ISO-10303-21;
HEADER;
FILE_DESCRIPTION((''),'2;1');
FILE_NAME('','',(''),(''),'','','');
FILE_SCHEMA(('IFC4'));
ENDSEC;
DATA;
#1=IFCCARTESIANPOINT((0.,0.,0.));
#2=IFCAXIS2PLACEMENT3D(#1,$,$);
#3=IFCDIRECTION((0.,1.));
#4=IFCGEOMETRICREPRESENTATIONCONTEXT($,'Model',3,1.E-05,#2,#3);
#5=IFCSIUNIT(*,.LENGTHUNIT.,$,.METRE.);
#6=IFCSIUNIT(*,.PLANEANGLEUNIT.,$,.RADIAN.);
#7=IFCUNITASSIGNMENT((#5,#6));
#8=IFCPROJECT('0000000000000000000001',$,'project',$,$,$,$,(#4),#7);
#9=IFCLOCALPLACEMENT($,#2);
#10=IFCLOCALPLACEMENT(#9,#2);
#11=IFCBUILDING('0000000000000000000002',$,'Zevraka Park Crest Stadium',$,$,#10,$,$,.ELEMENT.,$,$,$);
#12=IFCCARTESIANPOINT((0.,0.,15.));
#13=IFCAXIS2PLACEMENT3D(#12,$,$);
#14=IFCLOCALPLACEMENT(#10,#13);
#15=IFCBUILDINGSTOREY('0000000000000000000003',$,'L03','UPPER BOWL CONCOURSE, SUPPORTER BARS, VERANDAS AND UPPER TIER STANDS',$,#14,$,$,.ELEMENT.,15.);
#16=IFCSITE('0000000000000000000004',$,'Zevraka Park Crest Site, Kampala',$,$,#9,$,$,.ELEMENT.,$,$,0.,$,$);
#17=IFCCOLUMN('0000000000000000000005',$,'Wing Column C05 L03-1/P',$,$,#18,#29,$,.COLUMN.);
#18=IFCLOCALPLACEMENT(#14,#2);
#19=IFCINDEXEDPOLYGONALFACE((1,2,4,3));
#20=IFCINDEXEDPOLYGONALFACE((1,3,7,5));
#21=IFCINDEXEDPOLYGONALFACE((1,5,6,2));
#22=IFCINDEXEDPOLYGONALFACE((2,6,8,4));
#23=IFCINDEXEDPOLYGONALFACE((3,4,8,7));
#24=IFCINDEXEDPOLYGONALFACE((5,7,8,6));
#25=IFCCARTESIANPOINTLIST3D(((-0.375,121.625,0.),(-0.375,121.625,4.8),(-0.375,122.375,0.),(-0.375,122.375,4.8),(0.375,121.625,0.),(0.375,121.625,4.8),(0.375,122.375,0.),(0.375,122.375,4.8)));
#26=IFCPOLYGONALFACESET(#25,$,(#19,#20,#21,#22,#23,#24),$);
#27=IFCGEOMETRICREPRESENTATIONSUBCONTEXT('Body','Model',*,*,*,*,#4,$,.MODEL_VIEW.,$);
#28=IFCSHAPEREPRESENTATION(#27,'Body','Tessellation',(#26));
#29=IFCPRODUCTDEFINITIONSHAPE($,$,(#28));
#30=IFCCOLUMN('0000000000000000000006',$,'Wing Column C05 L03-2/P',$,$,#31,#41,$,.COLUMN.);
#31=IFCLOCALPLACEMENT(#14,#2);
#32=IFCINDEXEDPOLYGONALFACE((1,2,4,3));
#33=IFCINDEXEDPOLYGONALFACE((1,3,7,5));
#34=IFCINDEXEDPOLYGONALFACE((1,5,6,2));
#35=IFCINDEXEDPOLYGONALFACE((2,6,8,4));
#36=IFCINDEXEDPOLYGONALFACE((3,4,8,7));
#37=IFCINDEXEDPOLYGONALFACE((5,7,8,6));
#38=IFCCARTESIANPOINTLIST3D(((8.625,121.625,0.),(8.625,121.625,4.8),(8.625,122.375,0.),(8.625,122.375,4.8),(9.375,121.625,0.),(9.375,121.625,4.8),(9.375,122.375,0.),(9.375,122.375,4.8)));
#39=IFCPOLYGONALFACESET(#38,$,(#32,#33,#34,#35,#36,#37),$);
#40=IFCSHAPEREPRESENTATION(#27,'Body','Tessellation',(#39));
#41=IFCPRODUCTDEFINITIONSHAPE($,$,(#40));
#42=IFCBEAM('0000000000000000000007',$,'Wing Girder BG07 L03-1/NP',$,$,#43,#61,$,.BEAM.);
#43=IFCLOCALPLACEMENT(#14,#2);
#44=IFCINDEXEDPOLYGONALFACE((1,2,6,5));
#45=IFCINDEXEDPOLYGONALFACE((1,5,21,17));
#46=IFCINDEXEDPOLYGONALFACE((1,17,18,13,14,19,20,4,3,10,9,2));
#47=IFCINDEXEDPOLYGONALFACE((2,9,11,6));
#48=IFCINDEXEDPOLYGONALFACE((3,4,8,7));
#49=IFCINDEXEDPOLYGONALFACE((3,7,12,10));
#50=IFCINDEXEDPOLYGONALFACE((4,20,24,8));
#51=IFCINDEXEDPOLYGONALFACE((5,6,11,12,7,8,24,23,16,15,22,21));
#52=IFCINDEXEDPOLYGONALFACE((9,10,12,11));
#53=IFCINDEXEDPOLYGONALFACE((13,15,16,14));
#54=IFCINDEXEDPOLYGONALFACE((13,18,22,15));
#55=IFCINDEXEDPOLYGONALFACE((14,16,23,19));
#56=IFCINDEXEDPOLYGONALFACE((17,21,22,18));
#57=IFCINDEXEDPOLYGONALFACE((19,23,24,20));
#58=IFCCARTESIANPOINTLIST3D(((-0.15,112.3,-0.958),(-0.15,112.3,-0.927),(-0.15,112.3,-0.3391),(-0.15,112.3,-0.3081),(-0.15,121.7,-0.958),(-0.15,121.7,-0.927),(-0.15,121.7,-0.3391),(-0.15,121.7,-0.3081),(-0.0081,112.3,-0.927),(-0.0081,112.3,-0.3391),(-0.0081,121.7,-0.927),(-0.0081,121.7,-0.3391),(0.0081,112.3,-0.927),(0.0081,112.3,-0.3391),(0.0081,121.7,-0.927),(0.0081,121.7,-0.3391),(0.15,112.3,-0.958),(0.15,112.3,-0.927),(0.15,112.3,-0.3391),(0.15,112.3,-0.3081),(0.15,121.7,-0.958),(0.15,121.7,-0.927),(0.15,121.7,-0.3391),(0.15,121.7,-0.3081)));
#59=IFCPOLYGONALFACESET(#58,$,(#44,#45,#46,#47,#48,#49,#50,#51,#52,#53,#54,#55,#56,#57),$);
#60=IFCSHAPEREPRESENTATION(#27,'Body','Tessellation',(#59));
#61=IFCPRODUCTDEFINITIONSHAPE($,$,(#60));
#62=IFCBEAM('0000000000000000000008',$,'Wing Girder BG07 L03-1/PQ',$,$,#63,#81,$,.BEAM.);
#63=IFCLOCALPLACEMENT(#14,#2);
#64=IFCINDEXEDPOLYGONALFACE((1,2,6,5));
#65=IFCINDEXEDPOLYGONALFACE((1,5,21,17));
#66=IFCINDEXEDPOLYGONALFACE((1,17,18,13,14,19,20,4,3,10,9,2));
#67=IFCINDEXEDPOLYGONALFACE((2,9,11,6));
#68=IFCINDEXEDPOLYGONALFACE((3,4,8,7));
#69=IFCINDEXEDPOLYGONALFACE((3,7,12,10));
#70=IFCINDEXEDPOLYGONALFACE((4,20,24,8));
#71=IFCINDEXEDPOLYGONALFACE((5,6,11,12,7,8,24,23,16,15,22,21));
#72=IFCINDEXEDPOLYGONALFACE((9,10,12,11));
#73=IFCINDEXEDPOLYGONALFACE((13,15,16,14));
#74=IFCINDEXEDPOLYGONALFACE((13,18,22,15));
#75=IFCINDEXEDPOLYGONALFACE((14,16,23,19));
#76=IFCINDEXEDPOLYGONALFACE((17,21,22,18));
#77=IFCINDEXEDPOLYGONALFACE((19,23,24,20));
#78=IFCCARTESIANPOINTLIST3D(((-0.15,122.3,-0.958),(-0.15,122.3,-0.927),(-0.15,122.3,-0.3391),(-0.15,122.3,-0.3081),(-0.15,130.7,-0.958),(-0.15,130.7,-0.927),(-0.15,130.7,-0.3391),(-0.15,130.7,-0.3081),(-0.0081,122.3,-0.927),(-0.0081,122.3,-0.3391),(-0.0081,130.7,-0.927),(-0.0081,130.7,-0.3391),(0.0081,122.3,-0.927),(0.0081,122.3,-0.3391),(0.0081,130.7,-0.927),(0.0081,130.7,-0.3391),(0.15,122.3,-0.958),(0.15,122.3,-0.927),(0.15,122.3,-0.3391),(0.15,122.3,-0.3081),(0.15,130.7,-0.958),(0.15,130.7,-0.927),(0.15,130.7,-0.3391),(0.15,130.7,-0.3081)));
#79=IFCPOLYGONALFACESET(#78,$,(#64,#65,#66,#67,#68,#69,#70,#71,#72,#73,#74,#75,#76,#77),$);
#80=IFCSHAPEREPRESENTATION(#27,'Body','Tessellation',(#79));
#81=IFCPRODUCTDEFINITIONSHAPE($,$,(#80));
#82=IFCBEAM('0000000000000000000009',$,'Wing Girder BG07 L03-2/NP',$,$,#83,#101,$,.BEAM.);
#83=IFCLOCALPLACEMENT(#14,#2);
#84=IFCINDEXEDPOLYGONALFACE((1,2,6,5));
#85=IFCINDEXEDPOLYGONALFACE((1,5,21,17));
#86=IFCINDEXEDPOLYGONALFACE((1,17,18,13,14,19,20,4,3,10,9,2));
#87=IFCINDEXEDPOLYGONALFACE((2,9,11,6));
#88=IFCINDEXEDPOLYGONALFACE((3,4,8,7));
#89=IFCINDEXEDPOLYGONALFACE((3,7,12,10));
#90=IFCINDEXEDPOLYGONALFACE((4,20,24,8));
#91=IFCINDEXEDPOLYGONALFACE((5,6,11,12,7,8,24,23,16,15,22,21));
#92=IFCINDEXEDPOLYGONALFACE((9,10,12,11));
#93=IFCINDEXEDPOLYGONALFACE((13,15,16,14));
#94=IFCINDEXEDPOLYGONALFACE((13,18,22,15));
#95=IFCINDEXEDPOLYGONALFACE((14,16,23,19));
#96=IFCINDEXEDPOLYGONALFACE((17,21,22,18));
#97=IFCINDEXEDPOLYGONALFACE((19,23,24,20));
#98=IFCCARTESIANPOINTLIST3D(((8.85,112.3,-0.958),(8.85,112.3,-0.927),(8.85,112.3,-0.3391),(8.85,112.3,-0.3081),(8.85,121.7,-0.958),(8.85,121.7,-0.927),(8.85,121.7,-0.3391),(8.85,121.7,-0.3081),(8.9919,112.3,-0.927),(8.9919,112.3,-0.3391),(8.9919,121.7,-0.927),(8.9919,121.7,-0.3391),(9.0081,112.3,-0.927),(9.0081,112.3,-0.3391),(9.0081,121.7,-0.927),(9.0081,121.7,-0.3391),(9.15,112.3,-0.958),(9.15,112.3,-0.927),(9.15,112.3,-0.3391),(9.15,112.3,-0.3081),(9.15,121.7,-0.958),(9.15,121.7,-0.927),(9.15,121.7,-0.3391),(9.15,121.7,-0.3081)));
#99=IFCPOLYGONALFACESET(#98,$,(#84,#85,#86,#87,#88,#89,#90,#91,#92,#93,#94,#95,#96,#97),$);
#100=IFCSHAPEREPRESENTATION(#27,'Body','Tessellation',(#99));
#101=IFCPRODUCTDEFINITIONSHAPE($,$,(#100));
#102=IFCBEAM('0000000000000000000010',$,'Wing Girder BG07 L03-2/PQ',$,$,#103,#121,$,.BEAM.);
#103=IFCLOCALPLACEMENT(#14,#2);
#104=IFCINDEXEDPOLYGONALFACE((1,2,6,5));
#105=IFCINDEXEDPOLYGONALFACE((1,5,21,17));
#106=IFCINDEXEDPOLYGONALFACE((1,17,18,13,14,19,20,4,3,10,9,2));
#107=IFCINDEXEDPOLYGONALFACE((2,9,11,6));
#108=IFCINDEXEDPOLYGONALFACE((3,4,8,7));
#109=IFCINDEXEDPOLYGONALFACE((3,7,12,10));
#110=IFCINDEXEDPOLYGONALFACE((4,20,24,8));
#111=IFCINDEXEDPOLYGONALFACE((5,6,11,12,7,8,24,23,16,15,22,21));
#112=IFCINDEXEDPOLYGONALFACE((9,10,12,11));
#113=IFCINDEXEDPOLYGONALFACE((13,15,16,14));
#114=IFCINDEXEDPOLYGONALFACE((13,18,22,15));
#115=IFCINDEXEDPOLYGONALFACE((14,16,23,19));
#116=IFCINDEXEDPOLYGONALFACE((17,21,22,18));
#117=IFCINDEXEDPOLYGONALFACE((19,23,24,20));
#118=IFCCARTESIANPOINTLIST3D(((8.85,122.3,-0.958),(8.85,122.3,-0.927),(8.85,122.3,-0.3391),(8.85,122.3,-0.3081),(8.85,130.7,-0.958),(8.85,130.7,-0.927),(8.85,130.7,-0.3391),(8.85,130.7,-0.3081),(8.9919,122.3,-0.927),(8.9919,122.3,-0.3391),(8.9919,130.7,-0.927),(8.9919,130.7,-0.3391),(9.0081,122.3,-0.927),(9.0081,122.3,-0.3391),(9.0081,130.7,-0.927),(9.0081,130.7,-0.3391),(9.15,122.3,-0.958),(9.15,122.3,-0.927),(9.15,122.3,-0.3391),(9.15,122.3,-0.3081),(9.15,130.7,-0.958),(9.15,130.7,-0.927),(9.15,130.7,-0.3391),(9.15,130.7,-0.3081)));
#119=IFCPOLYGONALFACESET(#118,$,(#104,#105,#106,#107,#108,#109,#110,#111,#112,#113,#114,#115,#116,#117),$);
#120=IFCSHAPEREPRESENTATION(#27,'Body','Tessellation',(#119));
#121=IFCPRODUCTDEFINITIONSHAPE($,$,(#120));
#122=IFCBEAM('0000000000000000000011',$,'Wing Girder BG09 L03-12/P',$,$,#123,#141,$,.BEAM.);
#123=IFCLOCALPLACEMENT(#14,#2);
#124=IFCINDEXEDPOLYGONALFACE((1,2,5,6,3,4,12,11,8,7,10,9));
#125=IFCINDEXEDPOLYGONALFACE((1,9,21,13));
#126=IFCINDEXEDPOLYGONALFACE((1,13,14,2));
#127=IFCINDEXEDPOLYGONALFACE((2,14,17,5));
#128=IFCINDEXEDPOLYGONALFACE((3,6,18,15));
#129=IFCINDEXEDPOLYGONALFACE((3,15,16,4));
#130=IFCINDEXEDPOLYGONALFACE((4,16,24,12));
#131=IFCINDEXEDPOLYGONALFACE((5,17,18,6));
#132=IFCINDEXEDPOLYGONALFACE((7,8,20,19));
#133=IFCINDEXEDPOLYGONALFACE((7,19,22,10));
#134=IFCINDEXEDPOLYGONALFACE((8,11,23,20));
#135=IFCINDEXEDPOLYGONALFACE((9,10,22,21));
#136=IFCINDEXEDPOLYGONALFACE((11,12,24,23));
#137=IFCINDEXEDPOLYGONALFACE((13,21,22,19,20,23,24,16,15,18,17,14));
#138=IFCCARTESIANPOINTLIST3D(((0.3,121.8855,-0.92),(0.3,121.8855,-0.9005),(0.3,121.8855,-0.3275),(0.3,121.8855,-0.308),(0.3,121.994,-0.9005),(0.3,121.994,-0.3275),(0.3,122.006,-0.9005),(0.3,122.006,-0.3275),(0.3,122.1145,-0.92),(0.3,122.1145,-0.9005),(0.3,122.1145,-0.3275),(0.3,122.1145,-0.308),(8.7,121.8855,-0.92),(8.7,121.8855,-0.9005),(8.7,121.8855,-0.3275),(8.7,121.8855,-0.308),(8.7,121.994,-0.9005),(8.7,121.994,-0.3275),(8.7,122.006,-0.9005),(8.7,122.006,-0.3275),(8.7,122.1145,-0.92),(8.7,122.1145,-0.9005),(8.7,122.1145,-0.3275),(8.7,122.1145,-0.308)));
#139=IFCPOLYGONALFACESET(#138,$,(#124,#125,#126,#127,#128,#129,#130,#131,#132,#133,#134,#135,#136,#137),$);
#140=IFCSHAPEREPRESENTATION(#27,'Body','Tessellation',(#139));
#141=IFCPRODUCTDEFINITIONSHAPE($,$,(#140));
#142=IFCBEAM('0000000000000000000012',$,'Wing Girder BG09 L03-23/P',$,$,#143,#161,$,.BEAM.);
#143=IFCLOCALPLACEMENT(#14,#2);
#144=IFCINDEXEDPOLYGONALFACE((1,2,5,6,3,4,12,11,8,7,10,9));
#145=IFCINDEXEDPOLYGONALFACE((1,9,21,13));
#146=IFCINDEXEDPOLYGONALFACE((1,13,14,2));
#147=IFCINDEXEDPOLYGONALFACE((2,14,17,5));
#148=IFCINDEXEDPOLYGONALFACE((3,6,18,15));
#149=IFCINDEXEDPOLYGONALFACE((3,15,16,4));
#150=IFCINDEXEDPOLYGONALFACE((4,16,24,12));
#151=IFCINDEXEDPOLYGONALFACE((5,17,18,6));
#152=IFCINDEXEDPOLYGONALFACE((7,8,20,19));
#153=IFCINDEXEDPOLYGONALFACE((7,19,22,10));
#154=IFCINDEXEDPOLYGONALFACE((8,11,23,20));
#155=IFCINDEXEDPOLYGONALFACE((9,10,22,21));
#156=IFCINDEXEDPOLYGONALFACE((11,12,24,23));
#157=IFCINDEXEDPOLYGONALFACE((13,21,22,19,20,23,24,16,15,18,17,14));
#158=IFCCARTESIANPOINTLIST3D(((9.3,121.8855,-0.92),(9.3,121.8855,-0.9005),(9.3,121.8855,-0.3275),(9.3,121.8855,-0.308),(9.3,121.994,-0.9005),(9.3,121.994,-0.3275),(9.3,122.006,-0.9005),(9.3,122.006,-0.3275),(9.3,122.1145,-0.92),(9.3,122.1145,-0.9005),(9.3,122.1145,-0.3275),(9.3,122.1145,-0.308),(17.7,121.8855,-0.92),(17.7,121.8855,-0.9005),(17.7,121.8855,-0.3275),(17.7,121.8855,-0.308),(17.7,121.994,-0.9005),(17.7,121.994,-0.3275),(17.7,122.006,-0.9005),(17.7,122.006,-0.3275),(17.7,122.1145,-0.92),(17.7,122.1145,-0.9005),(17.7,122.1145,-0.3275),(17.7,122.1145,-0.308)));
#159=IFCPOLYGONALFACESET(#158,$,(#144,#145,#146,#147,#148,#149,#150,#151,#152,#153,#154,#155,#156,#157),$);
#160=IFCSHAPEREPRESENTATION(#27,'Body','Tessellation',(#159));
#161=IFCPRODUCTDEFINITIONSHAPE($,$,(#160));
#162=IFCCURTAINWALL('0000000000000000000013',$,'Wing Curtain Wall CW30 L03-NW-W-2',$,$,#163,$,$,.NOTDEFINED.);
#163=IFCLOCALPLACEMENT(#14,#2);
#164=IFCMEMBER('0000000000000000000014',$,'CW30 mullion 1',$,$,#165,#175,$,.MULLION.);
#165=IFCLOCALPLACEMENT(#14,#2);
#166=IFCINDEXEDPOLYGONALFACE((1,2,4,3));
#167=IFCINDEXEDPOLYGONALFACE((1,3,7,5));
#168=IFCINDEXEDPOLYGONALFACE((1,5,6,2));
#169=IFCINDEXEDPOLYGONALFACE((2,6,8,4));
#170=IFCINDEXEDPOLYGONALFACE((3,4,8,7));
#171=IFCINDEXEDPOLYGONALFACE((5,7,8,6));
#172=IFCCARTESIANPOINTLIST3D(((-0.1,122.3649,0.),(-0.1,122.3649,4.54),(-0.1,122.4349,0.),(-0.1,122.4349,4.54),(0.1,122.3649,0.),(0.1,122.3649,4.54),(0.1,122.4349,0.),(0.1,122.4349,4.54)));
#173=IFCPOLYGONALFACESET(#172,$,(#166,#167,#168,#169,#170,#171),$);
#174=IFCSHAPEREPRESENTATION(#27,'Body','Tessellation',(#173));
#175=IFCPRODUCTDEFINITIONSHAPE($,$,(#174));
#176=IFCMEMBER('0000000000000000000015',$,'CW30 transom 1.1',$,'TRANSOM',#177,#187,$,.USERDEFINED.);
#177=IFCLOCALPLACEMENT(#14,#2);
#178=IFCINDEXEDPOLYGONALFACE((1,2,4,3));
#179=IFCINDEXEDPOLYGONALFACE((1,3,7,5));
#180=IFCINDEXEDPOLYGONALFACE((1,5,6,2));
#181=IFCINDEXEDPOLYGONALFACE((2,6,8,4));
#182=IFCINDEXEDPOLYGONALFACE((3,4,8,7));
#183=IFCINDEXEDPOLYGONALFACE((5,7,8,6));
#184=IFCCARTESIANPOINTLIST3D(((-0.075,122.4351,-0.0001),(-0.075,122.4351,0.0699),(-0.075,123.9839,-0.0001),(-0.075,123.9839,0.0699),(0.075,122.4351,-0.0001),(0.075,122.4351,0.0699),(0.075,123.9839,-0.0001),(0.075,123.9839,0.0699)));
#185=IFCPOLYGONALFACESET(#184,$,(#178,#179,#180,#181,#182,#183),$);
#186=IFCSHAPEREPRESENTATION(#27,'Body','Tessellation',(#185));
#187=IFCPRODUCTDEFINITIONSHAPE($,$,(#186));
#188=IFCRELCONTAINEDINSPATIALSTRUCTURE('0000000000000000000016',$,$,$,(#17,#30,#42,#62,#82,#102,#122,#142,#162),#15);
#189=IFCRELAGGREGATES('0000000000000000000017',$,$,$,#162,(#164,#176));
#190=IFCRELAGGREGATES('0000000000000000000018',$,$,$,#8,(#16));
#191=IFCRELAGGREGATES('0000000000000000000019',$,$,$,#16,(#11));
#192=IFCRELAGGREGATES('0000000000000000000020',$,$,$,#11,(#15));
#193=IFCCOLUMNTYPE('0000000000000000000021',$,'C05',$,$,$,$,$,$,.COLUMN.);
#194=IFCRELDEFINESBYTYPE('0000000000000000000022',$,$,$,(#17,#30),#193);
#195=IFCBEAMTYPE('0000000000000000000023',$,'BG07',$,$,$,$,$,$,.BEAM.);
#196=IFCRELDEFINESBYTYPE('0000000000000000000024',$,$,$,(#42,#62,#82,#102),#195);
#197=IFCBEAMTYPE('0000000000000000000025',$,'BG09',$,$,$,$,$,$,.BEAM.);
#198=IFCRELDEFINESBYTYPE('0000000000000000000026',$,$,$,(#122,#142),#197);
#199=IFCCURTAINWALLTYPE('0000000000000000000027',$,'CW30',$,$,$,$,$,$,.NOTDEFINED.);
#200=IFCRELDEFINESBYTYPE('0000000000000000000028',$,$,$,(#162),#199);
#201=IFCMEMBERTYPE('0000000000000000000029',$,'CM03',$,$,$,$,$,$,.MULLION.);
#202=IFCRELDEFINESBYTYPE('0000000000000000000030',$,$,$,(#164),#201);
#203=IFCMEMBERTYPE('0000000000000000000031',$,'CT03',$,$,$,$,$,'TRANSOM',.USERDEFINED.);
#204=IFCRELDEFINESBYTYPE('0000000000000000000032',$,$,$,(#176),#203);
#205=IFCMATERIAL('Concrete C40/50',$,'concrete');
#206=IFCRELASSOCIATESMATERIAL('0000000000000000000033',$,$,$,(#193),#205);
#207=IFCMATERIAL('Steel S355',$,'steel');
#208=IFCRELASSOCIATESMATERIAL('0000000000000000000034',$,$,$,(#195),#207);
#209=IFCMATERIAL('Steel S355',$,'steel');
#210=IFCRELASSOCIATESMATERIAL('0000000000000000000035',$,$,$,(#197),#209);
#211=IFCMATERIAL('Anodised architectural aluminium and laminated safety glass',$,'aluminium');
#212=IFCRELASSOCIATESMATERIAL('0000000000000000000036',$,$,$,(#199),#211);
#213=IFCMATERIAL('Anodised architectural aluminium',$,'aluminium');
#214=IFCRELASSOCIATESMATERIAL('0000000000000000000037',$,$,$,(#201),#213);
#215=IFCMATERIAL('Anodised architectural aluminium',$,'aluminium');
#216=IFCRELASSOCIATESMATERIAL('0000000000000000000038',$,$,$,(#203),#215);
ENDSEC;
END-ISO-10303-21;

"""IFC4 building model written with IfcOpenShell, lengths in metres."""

from ifc_helpers import new_model, si_unit, direction, frame, origin, origin_2d, place, context, subcontext, project, spatial, rectangle, i_section, extrude, material, material_profile, profile_set, type_object, element, aggregate, save


model = new_model("IFC4")

# Units and contexts
model_context = context("Model", 3, precision=1e-05, world=origin(), true_north=direction((0.0, 1.0)))
body_context = subcontext(model_context, "Body", "Model", "MODEL_VIEW")
ifc_project = project(units=[si_unit("LENGTHUNIT", "METRE"), si_unit("PLANEANGLEUNIT", "RADIAN")], contexts=[model_context])

# Site, building, storey
site_placement = place(None, origin())
site = spatial("IfcSite", under=ifc_project, at=site_placement, Name="Zevraka Park Crest Site, Kampala", CompositionType="ELEMENT", RefElevation=0.0)
building_placement = place(site_placement, origin())
building = spatial("IfcBuilding", under=site, at=building_placement, Name="Zevraka Park Crest Stadium", CompositionType="ELEMENT")
storey_placement = place(building_placement, frame((0.0, 0.0, 15.0)))
storey = spatial("IfcBuildingStorey", under=building, at=storey_placement, Name="L03", Description="UPPER BOWL CONCOURSE, SUPPORTER BARS, VERANDAS AND UPPER TIER STANDS", CompositionType="ELEMENT", Elevation=15.0)

# Columns
ifc_material_1 = material(Name="Concrete C40/50", Category="concrete")
ifc_material_profile_1 = material_profile(ifc_material_1, rectangle(XDim=0.75, YDim=0.75, at=origin_2d()), Name="RC 750x750")
ifc_profile_set_1 = profile_set([ifc_material_profile_1], Name="Concrete C40/50")
column_type = type_object("IfcColumnType", Name="C05", PredefinedType="COLUMN", material=ifc_profile_set_1)
for number, where, z_axis, x_axis, name in (
    (1, (0.0, 122.0, 0.0), (0.0, 0.0, 1.0), (1.0, 0.0, 0.0), "Wing Column C05 L03-1/P"),
    (2, (9.0, 122.0, 0.0), (0.0, 0.0, 1.0), (1.0, 0.0, 0.0), "Wing Column C05 L03-2/P"),
):
    element("IfcColumn", number, at=place(storey_placement, frame(where, z_axis=z_axis, x_axis=x_axis)), inside=storey, type_object=column_type, Name=name, PredefinedType="COLUMN", context=body_context, shape_type="SweptSolid", body=[
        extrude(rectangle(XDim=0.75, YDim=0.75, at=origin_2d()), origin(), (0.0, 0.0, 1.0), 4.8),
    ])

# Beams
ifc_material_2 = material(Name="Steel S355", Category="steel")
ifc_material_profile_2 = material_profile(ifc_material_2, i_section(OverallWidth=0.3, OverallDepth=0.6499, WebThickness=0.0161, FlangeThickness=0.031, at=origin_2d()), Name="HEB 650")
ifc_profile_set_2 = profile_set([ifc_material_profile_2], Name="Steel S355")
beam_type_1 = type_object("IfcBeamType", Name="BG07", PredefinedType="BEAM", material=ifc_profile_set_2)
beam_1_placement = place(storey_placement, frame((0.0, 112.3, -0.6331), z_axis=(0.0, 1.0, 0.0), x_axis=(-1.0, 0.0, 0.0)))
element("IfcBeam", 3, at=beam_1_placement, inside=storey, type_object=beam_type_1, Name="Wing Girder BG07 L03-1/NP", PredefinedType="BEAM", context=body_context, shape_type="SweptSolid", body=[
    extrude(i_section(OverallWidth=0.3, OverallDepth=0.6499, WebThickness=0.0161, FlangeThickness=0.031, at=origin_2d()), origin(), (0.0, 0.0, 1.0), 9.3999),
])
beam_2_placement = place(storey_placement, frame((0.0, 122.3, -0.6331), z_axis=(0.0, 1.0, 0.0), x_axis=(-1.0, 0.0, 0.0)))
element("IfcBeam", 4, at=beam_2_placement, inside=storey, type_object=beam_type_1, Name="Wing Girder BG07 L03-1/PQ", PredefinedType="BEAM", context=body_context, shape_type="SweptSolid", body=[
    extrude(i_section(OverallWidth=0.3, OverallDepth=0.6499, WebThickness=0.0161, FlangeThickness=0.031, at=origin_2d()), origin(), (0.0, 0.0, 1.0), 8.3999),
])
beam_3_placement = place(storey_placement, frame((9.0, 112.3, -0.6331), z_axis=(0.0, 1.0, 0.0), x_axis=(-1.0, 0.0, 0.0)))
element("IfcBeam", 5, at=beam_3_placement, inside=storey, type_object=beam_type_1, Name="Wing Girder BG07 L03-2/NP", PredefinedType="BEAM", context=body_context, shape_type="SweptSolid", body=[
    extrude(i_section(OverallWidth=0.3, OverallDepth=0.6499, WebThickness=0.0161, FlangeThickness=0.031, at=origin_2d()), origin(), (0.0, 0.0, 1.0), 9.3999),
])
beam_4_placement = place(storey_placement, frame((9.0, 122.3, -0.6331), z_axis=(0.0, 1.0, 0.0), x_axis=(-1.0, 0.0, 0.0)))
element("IfcBeam", 6, at=beam_4_placement, inside=storey, type_object=beam_type_1, Name="Wing Girder BG07 L03-2/PQ", PredefinedType="BEAM", context=body_context, shape_type="SweptSolid", body=[
    extrude(i_section(OverallWidth=0.3, OverallDepth=0.6499, WebThickness=0.0161, FlangeThickness=0.031, at=origin_2d()), origin(), (0.0, 0.0, 1.0), 8.3999),
])
ifc_material_3 = material(Name="Steel S355", Category="steel")
ifc_material_profile_3 = material_profile(ifc_material_3, i_section(OverallWidth=0.229, OverallDepth=0.6121, WebThickness=0.012, FlangeThickness=0.0195, at=origin_2d()), Name="UKB 610x229x125")
ifc_profile_set_3 = profile_set([ifc_material_profile_3], Name="Steel S355")
beam_type_2 = type_object("IfcBeamType", Name="BG09", PredefinedType="BEAM", material=ifc_profile_set_3)
for number, where, z_axis, x_axis, name in (
    (7, (0.3, 122.0, -0.614), (1.0, 0.0, 0.0), (0.0, 1.0, 0.0), "Wing Girder BG09 L03-12/P"),
    (8, (9.3, 122.0, -0.614), (1.0, 0.0, 0.0), (0.0, 1.0, 0.0), "Wing Girder BG09 L03-23/P"),
):
    element("IfcBeam", number, at=place(storey_placement, frame(where, z_axis=z_axis, x_axis=x_axis)), inside=storey, type_object=beam_type_2, Name=name, PredefinedType="BEAM", context=body_context, shape_type="SweptSolid", body=[
        extrude(i_section(OverallWidth=0.229, OverallDepth=0.6121, WebThickness=0.012, FlangeThickness=0.0195, at=origin_2d()), origin(), (0.0, 0.0, 1.0), 8.3999),
    ])

# Curtain wall, members
ifc_material_4 = material(Name="Anodised architectural aluminium and laminated safety glass", Category="aluminium")
curtain_wall_type = type_object("IfcCurtainWallType", Name="CW30", PredefinedType="NOTDEFINED", material=ifc_material_4)
curtain_wall_placement = place(storey_placement, origin())
curtain_wall = element("IfcCurtainWall", 9, at=curtain_wall_placement, inside=storey, type_object=curtain_wall_type, Name="Wing Curtain Wall CW30 L03-NW-W-2", PredefinedType="NOTDEFINED")
ifc_material_5 = material(Name="Anodised architectural aluminium", Category="aluminium")
ifc_material_profile_4 = material_profile(ifc_material_5, rectangle(XDim=0.2, YDim=0.0701, at=origin_2d()), Name="ALU MULLION 200x70")
ifc_profile_set_4 = profile_set([ifc_material_profile_4], Name="Anodised architectural aluminium")
member_type_1 = type_object("IfcMemberType", Name="CM03", PredefinedType="MULLION", material=ifc_profile_set_4)
member_1_placement = place(storey_placement, frame((0.0, 122.3999, 0.0), z_axis=(0.0, 0.0, 1.0), x_axis=(-1.0, 0.0, 0.0)))
member_1 = element("IfcMember", 10, at=member_1_placement, type_object=member_type_1, Name="CW30 mullion 1", PredefinedType="MULLION", context=body_context, shape_type="SweptSolid", body=[
    extrude(rectangle(XDim=0.2, YDim=0.0701, at=origin_2d()), origin(), (0.0, 0.0, 1.0), 4.54),
])
ifc_material_6 = material(Name="Anodised architectural aluminium", Category="aluminium")
ifc_material_profile_5 = material_profile(ifc_material_6, rectangle(XDim=0.1499, YDim=0.0701, at=origin_2d()), Name="ALU TRANSOM 150x70")
ifc_profile_set_5 = profile_set([ifc_material_profile_5], Name="Anodised architectural aluminium")
member_type_2 = type_object("IfcMemberType", Name="CT03", ElementType="TRANSOM", PredefinedType="USERDEFINED", material=ifc_profile_set_5)
member_2_placement = place(storey_placement, frame((0.0, 122.4351, 0.0349), z_axis=(0.0, 1.0, 0.0), x_axis=(-1.0, 0.0, 0.0)))
member_2 = element("IfcMember", 11, at=member_2_placement, type_object=member_type_2, Name="CW30 transom 1.1", ObjectType="TRANSOM", PredefinedType="USERDEFINED", context=body_context, shape_type="SweptSolid", body=[
    extrude(rectangle(XDim=0.1499, YDim=0.0701, at=origin_2d()), origin(), (0.0, 0.0, 1.0), 1.5488),
])
aggregate(curtain_wall, [member_1, member_2])

save(model, "model.ifc")
